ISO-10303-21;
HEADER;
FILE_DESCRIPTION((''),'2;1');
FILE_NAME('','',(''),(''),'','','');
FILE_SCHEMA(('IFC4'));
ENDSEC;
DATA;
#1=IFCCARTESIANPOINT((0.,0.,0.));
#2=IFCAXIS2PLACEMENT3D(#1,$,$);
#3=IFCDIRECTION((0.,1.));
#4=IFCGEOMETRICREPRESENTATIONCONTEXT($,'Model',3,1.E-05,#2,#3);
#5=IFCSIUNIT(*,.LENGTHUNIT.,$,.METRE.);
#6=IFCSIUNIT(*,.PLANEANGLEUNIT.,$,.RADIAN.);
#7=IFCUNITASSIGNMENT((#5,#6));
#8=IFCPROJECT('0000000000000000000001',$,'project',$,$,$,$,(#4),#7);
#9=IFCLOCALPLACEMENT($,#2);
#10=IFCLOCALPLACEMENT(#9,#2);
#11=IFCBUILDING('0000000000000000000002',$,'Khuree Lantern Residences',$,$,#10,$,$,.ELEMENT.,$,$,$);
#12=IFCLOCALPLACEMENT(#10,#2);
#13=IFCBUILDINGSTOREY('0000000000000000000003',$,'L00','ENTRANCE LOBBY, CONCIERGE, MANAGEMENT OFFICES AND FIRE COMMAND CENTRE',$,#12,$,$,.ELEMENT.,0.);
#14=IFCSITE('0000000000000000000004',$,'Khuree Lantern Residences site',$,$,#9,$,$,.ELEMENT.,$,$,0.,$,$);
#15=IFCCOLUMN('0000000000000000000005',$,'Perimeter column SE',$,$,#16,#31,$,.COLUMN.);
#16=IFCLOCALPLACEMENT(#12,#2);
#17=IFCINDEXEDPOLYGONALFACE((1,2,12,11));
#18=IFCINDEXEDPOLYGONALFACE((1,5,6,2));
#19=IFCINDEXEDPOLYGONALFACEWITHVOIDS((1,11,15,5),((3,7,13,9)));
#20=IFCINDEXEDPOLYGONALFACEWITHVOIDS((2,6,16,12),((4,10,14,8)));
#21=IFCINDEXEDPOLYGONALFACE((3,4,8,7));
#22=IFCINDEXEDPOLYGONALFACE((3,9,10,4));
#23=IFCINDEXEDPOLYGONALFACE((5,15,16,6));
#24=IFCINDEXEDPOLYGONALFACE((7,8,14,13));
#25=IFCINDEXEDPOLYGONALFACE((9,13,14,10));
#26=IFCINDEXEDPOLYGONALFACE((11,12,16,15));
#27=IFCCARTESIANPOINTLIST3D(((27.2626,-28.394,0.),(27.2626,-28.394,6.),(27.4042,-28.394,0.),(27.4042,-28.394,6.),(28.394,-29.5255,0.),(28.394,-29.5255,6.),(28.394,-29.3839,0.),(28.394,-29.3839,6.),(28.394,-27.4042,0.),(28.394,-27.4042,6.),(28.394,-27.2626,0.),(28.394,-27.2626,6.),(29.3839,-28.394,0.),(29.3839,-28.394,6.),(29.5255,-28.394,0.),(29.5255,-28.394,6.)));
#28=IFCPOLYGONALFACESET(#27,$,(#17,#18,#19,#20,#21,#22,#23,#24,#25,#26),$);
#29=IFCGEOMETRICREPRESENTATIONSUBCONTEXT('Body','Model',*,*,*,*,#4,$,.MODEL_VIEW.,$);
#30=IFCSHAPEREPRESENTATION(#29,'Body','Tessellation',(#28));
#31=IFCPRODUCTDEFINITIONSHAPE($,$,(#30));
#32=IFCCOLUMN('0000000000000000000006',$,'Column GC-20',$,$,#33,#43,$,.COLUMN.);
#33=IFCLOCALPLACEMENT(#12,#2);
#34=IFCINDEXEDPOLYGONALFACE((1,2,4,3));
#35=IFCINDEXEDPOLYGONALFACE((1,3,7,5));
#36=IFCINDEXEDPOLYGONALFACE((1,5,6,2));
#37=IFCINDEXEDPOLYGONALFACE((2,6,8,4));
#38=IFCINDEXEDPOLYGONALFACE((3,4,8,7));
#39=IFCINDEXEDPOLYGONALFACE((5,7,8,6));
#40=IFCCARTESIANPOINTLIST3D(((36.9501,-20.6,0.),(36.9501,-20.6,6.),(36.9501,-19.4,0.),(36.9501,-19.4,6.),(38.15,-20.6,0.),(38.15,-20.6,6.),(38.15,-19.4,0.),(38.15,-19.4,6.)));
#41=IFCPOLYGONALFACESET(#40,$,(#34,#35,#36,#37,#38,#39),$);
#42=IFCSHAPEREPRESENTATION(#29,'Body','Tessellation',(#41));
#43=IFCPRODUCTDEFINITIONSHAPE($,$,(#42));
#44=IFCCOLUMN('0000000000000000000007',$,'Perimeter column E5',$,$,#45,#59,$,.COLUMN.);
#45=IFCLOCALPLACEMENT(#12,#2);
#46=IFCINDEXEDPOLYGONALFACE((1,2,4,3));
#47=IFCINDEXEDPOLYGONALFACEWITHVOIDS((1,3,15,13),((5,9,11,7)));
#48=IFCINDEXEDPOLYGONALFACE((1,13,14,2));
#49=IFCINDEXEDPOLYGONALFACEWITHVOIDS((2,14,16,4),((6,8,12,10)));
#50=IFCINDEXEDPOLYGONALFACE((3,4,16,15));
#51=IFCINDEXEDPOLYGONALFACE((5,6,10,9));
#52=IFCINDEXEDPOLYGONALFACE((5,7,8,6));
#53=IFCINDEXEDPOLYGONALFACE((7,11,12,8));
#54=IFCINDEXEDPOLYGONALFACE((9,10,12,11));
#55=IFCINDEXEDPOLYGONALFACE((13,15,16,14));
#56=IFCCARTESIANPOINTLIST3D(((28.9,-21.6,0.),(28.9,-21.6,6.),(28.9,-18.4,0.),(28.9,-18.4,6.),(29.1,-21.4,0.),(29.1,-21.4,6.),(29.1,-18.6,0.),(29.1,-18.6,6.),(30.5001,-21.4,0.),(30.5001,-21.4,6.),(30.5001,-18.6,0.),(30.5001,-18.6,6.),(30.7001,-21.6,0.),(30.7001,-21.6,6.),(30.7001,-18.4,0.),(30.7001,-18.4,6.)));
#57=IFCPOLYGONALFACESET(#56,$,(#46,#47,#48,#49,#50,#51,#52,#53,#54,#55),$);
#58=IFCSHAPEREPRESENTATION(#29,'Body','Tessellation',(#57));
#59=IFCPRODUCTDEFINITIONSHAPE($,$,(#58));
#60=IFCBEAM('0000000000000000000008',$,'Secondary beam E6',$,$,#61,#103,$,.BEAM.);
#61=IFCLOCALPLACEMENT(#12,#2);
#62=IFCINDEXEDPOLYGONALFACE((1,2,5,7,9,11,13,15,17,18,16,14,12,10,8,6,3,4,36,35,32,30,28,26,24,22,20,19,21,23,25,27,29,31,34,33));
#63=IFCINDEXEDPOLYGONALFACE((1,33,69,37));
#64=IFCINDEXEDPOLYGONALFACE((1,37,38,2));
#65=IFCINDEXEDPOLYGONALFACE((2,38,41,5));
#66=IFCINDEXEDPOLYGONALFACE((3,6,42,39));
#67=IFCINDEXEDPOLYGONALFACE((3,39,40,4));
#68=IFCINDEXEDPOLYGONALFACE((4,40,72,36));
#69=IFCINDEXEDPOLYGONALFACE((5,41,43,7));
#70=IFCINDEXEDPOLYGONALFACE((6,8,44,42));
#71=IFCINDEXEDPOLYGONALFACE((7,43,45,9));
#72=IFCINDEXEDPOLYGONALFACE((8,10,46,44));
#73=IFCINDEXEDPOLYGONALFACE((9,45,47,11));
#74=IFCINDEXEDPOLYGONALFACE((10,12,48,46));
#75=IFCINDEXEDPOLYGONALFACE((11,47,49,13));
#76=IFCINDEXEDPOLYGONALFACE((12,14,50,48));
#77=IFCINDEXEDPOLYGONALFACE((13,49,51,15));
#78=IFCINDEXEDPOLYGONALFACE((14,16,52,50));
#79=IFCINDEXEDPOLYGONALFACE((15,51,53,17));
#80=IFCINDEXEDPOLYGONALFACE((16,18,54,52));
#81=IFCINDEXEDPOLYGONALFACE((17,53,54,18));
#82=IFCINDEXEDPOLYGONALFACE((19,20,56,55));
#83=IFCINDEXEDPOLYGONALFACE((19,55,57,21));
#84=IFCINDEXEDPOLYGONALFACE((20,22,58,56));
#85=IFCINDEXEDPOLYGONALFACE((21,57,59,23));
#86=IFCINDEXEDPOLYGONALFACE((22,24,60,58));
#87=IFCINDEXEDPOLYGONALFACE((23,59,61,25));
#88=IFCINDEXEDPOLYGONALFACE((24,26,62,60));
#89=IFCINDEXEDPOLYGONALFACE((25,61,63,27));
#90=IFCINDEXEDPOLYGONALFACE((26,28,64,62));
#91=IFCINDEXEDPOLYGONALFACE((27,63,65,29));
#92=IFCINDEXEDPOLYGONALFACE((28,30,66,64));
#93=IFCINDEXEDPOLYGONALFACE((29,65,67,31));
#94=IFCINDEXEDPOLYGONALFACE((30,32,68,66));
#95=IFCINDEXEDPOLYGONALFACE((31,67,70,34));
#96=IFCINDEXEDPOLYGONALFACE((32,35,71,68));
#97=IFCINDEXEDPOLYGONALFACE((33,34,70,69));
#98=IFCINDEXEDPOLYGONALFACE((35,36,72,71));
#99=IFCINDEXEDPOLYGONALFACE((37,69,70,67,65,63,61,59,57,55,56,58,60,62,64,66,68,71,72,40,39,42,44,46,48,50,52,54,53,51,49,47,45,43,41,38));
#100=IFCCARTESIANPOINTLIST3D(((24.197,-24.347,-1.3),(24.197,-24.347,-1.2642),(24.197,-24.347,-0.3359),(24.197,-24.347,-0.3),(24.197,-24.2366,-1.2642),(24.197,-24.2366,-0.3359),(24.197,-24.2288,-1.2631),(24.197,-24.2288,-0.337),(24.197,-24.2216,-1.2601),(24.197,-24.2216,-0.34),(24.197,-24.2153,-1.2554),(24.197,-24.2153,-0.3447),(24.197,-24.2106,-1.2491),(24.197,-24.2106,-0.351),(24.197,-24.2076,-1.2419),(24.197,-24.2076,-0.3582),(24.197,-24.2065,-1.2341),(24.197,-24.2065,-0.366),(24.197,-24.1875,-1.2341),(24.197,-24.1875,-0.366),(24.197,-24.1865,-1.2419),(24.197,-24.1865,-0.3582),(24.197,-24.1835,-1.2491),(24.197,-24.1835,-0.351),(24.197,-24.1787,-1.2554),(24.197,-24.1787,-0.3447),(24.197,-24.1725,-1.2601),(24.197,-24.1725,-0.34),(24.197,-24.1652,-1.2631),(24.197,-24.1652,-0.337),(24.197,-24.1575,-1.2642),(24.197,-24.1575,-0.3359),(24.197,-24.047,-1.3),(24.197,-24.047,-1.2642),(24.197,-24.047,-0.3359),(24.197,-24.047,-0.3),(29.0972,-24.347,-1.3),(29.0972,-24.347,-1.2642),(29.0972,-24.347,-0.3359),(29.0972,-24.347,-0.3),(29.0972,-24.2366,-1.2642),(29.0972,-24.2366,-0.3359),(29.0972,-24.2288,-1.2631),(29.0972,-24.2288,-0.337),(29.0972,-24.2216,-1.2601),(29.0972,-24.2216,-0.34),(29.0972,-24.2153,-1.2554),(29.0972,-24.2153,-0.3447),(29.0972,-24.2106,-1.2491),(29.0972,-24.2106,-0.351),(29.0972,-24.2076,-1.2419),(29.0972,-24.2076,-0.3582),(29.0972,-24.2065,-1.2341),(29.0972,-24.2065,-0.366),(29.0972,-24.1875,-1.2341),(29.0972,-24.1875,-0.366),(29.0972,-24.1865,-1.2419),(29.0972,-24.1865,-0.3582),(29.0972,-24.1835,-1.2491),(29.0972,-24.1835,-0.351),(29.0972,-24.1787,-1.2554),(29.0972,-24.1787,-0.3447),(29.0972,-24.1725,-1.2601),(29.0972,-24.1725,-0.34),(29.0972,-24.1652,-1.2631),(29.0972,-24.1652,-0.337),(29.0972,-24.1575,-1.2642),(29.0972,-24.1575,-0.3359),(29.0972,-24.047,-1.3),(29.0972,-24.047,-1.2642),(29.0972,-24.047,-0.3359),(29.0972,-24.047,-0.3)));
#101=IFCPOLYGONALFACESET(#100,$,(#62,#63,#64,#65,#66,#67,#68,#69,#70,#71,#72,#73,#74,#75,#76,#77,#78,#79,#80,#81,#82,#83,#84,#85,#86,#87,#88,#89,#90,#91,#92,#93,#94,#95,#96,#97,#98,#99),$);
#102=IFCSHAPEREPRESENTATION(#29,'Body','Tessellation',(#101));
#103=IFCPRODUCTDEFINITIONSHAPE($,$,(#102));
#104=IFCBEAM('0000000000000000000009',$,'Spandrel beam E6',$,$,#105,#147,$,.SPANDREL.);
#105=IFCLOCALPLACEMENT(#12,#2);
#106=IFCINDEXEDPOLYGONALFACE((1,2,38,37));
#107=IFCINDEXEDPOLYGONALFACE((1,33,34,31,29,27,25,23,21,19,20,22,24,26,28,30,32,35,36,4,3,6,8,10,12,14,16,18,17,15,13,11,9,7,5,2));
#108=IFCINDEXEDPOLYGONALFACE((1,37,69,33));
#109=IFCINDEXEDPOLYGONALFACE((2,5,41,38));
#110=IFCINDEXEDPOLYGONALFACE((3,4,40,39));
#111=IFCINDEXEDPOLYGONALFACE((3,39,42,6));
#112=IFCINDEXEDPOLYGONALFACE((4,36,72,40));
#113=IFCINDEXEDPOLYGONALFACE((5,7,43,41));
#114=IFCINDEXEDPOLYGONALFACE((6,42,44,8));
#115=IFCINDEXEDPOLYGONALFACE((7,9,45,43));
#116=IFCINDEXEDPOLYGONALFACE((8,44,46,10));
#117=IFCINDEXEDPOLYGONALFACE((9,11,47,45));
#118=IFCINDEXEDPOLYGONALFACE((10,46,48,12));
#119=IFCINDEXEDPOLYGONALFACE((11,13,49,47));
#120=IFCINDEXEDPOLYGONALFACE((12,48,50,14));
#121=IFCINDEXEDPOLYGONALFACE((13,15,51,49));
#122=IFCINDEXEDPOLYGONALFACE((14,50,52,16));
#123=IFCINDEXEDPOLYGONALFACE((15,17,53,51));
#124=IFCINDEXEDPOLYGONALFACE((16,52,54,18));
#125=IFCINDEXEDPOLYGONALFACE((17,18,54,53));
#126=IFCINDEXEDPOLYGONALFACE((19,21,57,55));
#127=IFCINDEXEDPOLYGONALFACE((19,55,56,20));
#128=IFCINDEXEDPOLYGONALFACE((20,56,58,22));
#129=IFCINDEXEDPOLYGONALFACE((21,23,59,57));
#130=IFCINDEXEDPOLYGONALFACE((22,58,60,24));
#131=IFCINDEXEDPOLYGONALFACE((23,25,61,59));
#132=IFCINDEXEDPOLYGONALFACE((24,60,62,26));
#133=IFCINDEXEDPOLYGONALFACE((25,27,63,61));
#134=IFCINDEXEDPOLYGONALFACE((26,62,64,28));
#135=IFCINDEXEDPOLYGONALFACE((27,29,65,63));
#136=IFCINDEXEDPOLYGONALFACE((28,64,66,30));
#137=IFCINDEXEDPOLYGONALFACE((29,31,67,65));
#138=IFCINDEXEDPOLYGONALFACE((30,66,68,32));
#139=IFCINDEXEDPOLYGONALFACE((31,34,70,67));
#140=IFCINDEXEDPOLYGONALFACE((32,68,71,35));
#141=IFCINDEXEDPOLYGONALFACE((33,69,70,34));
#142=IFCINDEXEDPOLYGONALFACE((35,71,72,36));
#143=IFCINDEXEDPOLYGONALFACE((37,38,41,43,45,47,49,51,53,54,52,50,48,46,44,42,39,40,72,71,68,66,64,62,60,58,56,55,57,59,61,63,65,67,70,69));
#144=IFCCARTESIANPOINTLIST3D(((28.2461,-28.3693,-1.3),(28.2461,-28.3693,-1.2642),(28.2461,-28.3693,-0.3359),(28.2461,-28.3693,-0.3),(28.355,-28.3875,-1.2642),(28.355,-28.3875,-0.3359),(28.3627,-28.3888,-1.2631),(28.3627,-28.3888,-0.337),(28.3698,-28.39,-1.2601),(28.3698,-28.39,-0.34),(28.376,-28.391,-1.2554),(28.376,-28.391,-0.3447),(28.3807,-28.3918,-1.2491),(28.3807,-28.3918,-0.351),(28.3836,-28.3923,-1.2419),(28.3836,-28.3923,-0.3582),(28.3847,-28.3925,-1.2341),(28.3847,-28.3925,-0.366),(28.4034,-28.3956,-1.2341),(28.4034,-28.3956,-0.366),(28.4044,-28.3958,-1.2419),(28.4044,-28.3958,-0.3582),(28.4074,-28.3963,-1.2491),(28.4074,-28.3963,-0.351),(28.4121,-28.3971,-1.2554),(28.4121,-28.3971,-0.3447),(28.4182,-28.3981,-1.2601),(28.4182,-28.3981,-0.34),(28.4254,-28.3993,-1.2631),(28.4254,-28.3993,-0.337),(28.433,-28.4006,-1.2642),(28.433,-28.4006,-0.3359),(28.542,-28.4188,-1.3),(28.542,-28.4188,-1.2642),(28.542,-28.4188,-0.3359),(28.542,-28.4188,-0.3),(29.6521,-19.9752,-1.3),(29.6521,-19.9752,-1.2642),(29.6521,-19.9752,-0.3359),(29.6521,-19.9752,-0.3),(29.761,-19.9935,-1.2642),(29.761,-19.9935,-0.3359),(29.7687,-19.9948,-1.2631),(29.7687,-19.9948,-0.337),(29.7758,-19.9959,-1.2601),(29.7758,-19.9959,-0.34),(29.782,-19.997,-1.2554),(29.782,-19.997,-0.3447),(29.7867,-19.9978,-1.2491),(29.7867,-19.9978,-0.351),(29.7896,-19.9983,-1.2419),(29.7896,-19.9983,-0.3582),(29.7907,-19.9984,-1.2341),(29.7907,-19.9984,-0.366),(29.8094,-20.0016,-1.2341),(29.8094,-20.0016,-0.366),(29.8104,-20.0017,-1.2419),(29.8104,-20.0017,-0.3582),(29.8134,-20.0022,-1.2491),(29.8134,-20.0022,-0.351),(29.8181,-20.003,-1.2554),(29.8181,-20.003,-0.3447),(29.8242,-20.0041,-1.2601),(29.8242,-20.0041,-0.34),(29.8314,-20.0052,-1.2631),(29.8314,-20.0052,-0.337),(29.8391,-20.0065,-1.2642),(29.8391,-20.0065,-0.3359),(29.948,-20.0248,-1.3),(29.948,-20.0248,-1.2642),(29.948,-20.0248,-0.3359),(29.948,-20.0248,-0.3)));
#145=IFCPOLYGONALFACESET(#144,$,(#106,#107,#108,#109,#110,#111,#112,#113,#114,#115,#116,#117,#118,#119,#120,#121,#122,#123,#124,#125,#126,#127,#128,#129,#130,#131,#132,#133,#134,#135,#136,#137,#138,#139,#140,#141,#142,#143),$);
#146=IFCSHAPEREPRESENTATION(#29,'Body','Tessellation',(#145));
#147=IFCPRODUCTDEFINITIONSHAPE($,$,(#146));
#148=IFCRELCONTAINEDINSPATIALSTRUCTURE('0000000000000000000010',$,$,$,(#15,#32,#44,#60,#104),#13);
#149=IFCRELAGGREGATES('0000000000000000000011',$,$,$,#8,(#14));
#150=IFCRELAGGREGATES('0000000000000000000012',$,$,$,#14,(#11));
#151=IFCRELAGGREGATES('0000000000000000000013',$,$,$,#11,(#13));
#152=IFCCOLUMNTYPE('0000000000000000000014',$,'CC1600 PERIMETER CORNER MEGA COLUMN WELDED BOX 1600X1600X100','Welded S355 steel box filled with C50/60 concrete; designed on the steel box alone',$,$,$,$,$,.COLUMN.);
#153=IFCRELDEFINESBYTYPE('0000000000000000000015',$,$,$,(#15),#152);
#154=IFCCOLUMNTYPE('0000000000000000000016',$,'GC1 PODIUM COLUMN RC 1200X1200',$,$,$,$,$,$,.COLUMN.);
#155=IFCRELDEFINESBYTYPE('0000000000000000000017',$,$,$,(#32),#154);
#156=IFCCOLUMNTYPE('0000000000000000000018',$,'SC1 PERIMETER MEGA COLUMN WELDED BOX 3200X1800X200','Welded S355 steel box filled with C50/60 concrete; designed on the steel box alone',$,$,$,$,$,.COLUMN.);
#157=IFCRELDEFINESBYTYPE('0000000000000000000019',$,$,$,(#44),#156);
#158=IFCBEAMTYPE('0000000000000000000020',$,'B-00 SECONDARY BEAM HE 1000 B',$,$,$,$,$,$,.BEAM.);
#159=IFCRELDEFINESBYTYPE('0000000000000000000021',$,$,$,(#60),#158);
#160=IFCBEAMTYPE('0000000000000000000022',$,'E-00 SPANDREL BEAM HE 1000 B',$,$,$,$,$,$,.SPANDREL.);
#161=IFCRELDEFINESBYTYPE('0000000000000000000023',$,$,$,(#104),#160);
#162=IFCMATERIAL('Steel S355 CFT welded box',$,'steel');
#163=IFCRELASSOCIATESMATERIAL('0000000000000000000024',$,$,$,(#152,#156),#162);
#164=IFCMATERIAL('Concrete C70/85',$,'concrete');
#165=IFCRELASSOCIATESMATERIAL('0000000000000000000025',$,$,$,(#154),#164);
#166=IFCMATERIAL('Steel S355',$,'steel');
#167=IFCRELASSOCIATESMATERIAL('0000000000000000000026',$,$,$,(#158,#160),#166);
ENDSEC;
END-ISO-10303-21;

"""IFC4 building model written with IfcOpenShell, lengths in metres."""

from ifc_helpers import new_model, si_unit, direction, frame, origin, origin_2d, place, context, subcontext, project, spatial, rectangle, hollow_rectangle, i_section, extrude, material, material_profile, profile_set, type_object, element, save


model = new_model("IFC4")

# Units and contexts
model_context = context("Model", 3, precision=1e-05, world=origin(), true_north=direction((0.0, 1.0)))
body_context = subcontext(model_context, "Body", "Model", "MODEL_VIEW")
ifc_project = project(units=[si_unit("LENGTHUNIT", "METRE"), si_unit("PLANEANGLEUNIT", "RADIAN")], contexts=[model_context])

# Site, building, storey
site_placement = place(None, origin())
site = spatial("IfcSite", under=ifc_project, at=site_placement, Name="Khuree Lantern Residences site", CompositionType="ELEMENT", RefElevation=0.0)
building_placement = place(site_placement, origin())
building = spatial("IfcBuilding", under=site, at=building_placement, Name="Khuree Lantern Residences", CompositionType="ELEMENT")
storey_placement = place(building_placement, origin())
storey = spatial("IfcBuildingStorey", under=building, at=storey_placement, Name="L00", Description="ENTRANCE LOBBY, CONCIERGE, MANAGEMENT OFFICES AND FIRE COMMAND CENTRE", CompositionType="ELEMENT", Elevation=0.0)

# Columns
ifc_material_1 = material(Name="Steel S355 CFT welded box", Category="steel")
ifc_material_profile_1 = material_profile(ifc_material_1, hollow_rectangle(XDim=1.6001, YDim=1.6001, WallThickness=0.1001, at=origin_2d()), Name="WELDED BOX 1600X1600X100")
ifc_profile_set_1 = profile_set([ifc_material_profile_1], Name="Steel S355 CFT welded box")
column_type_1 = type_object("IfcColumnType", Name="CC1600 PERIMETER CORNER MEGA COLUMN WELDED BOX 1600X1600X100", Description="Welded S355 steel box filled with C50/60 concrete; designed on the steel box alone", PredefinedType="COLUMN", material=ifc_profile_set_1)
column_1_placement = place(storey_placement, frame((28.394, -28.394, 0.0), z_axis=(0.0, 0.0, 1.0), x_axis=(0.707107, 0.707107, 0.0)))
element("IfcColumn", 1, at=column_1_placement, inside=storey, type_object=column_type_1, Name="Perimeter column SE", PredefinedType="COLUMN", context=body_context, shape_type="SweptSolid", body=[
    extrude(hollow_rectangle(XDim=1.6001, YDim=1.6001, WallThickness=0.1001, at=origin_2d()), origin(), (0.0, 0.0, 1.0), 6.0),
])
ifc_material_2 = material(Name="Concrete C70/85", Category="concrete")
ifc_material_profile_2 = material_profile(ifc_material_2, rectangle(XDim=1.2, YDim=1.2, at=origin_2d()), Name="RC 1200X1200")
ifc_profile_set_2 = profile_set([ifc_material_profile_2], Name="Concrete C70/85")
column_type_2 = type_object("IfcColumnType", Name="GC1 PODIUM COLUMN RC 1200X1200", PredefinedType="COLUMN", material=ifc_profile_set_2)
column_2_placement = place(storey_placement, frame((37.55, -20.0, 0.0), z_axis=(0.0, 0.0, 1.0), x_axis=(1.0, 0.0, 0.0)))
element("IfcColumn", 2, at=column_2_placement, inside=storey, type_object=column_type_2, Name="Column GC-20", PredefinedType="COLUMN", context=body_context, shape_type="SweptSolid", body=[
    extrude(rectangle(XDim=1.2, YDim=1.2, at=origin_2d()), origin(), (0.0, 0.0, 1.0), 6.0),
])
ifc_material_profile_3 = material_profile(ifc_material_1, hollow_rectangle(XDim=3.2, YDim=1.8, WallThickness=0.2, at=origin_2d()), Name="WELDED BOX 3200X1800X200")
ifc_profile_set_3 = profile_set([ifc_material_profile_3], Name="Steel S355 CFT welded box")
column_type_3 = type_object("IfcColumnType", Name="SC1 PERIMETER MEGA COLUMN WELDED BOX 3200X1800X200", Description="Welded S355 steel box filled with C50/60 concrete; designed on the steel box alone", PredefinedType="COLUMN", material=ifc_profile_set_3)
column_3_placement = place(storey_placement, frame((29.8, -20.0, 0.0), z_axis=(0.0, 0.0, 1.0), x_axis=(0.0, 1.0, 0.0)))
element("IfcColumn", 3, at=column_3_placement, inside=storey, type_object=column_type_3, Name="Perimeter column E5", PredefinedType="COLUMN", context=body_context, shape_type="SweptSolid", body=[
    extrude(hollow_rectangle(XDim=3.2, YDim=1.8, WallThickness=0.2, at=origin_2d()), origin(), (0.0, 0.0, 1.0), 6.0),
])

# Beams
ifc_material_3 = material(Name="Steel S355", Category="steel")
ifc_material_profile_4 = material_profile(ifc_material_3, i_section(OverallWidth=0.3, OverallDepth=1.0, WebThickness=0.019, FlangeThickness=0.0359, FilletRadius=0.03, at=origin_2d()), Name="HE 1000 B")
ifc_profile_set_4 = profile_set([ifc_material_profile_4], Name="Steel S355")
beam_type_1 = type_object("IfcBeamType", Name="B-00 SECONDARY BEAM HE 1000 B", PredefinedType="BEAM", material=ifc_profile_set_4)
beam_1_placement = place(storey_placement, frame((29.0972, -24.197, -0.8), z_axis=(-1.0, 0.0, 0.0), x_axis=(0.0, -1.0, 0.0)))
element("IfcBeam", 4, at=beam_1_placement, inside=storey, type_object=beam_type_1, Name="Secondary beam E6", PredefinedType="BEAM", context=body_context, shape_type="SweptSolid", body=[
    extrude(i_section(OverallWidth=0.3, OverallDepth=1.0, WebThickness=0.019, FlangeThickness=0.0359, FilletRadius=0.03, at=origin_2d()), origin(), (0.0, 0.0, 1.0), 4.9001),
])
ifc_material_profile_5 = material_profile(ifc_material_3, i_section(OverallWidth=0.3, OverallDepth=1.0, WebThickness=0.019, FlangeThickness=0.0359, FilletRadius=0.03, at=origin_2d()), Name="HE 1000 B")
ifc_profile_set_5 = profile_set([ifc_material_profile_5], Name="Steel S355")
beam_type_2 = type_object("IfcBeamType", Name="E-00 SPANDREL BEAM HE 1000 B", PredefinedType="SPANDREL", material=ifc_profile_set_5)
for number, where, z_axis, x_axis, name in (
    (5, (29.8, -20.0, -0.8), (-0.165199, -0.98626, 0.0), (0.98626, -0.165199, 0.0), "Spandrel beam E6"),
):
    element("IfcBeam", number, at=place(storey_placement, frame(where, z_axis=z_axis, x_axis=x_axis)), inside=storey, type_object=beam_type_2, Name=name, PredefinedType="SPANDREL", context=body_context, shape_type="SweptSolid", body=[
        extrude(i_section(OverallWidth=0.3, OverallDepth=1.0, WebThickness=0.019, FlangeThickness=0.0359, FilletRadius=0.03, at=origin_2d()), origin(), (0.0, 0.0, 1.0), 8.511),
    ])

save(model, "model.ifc")
